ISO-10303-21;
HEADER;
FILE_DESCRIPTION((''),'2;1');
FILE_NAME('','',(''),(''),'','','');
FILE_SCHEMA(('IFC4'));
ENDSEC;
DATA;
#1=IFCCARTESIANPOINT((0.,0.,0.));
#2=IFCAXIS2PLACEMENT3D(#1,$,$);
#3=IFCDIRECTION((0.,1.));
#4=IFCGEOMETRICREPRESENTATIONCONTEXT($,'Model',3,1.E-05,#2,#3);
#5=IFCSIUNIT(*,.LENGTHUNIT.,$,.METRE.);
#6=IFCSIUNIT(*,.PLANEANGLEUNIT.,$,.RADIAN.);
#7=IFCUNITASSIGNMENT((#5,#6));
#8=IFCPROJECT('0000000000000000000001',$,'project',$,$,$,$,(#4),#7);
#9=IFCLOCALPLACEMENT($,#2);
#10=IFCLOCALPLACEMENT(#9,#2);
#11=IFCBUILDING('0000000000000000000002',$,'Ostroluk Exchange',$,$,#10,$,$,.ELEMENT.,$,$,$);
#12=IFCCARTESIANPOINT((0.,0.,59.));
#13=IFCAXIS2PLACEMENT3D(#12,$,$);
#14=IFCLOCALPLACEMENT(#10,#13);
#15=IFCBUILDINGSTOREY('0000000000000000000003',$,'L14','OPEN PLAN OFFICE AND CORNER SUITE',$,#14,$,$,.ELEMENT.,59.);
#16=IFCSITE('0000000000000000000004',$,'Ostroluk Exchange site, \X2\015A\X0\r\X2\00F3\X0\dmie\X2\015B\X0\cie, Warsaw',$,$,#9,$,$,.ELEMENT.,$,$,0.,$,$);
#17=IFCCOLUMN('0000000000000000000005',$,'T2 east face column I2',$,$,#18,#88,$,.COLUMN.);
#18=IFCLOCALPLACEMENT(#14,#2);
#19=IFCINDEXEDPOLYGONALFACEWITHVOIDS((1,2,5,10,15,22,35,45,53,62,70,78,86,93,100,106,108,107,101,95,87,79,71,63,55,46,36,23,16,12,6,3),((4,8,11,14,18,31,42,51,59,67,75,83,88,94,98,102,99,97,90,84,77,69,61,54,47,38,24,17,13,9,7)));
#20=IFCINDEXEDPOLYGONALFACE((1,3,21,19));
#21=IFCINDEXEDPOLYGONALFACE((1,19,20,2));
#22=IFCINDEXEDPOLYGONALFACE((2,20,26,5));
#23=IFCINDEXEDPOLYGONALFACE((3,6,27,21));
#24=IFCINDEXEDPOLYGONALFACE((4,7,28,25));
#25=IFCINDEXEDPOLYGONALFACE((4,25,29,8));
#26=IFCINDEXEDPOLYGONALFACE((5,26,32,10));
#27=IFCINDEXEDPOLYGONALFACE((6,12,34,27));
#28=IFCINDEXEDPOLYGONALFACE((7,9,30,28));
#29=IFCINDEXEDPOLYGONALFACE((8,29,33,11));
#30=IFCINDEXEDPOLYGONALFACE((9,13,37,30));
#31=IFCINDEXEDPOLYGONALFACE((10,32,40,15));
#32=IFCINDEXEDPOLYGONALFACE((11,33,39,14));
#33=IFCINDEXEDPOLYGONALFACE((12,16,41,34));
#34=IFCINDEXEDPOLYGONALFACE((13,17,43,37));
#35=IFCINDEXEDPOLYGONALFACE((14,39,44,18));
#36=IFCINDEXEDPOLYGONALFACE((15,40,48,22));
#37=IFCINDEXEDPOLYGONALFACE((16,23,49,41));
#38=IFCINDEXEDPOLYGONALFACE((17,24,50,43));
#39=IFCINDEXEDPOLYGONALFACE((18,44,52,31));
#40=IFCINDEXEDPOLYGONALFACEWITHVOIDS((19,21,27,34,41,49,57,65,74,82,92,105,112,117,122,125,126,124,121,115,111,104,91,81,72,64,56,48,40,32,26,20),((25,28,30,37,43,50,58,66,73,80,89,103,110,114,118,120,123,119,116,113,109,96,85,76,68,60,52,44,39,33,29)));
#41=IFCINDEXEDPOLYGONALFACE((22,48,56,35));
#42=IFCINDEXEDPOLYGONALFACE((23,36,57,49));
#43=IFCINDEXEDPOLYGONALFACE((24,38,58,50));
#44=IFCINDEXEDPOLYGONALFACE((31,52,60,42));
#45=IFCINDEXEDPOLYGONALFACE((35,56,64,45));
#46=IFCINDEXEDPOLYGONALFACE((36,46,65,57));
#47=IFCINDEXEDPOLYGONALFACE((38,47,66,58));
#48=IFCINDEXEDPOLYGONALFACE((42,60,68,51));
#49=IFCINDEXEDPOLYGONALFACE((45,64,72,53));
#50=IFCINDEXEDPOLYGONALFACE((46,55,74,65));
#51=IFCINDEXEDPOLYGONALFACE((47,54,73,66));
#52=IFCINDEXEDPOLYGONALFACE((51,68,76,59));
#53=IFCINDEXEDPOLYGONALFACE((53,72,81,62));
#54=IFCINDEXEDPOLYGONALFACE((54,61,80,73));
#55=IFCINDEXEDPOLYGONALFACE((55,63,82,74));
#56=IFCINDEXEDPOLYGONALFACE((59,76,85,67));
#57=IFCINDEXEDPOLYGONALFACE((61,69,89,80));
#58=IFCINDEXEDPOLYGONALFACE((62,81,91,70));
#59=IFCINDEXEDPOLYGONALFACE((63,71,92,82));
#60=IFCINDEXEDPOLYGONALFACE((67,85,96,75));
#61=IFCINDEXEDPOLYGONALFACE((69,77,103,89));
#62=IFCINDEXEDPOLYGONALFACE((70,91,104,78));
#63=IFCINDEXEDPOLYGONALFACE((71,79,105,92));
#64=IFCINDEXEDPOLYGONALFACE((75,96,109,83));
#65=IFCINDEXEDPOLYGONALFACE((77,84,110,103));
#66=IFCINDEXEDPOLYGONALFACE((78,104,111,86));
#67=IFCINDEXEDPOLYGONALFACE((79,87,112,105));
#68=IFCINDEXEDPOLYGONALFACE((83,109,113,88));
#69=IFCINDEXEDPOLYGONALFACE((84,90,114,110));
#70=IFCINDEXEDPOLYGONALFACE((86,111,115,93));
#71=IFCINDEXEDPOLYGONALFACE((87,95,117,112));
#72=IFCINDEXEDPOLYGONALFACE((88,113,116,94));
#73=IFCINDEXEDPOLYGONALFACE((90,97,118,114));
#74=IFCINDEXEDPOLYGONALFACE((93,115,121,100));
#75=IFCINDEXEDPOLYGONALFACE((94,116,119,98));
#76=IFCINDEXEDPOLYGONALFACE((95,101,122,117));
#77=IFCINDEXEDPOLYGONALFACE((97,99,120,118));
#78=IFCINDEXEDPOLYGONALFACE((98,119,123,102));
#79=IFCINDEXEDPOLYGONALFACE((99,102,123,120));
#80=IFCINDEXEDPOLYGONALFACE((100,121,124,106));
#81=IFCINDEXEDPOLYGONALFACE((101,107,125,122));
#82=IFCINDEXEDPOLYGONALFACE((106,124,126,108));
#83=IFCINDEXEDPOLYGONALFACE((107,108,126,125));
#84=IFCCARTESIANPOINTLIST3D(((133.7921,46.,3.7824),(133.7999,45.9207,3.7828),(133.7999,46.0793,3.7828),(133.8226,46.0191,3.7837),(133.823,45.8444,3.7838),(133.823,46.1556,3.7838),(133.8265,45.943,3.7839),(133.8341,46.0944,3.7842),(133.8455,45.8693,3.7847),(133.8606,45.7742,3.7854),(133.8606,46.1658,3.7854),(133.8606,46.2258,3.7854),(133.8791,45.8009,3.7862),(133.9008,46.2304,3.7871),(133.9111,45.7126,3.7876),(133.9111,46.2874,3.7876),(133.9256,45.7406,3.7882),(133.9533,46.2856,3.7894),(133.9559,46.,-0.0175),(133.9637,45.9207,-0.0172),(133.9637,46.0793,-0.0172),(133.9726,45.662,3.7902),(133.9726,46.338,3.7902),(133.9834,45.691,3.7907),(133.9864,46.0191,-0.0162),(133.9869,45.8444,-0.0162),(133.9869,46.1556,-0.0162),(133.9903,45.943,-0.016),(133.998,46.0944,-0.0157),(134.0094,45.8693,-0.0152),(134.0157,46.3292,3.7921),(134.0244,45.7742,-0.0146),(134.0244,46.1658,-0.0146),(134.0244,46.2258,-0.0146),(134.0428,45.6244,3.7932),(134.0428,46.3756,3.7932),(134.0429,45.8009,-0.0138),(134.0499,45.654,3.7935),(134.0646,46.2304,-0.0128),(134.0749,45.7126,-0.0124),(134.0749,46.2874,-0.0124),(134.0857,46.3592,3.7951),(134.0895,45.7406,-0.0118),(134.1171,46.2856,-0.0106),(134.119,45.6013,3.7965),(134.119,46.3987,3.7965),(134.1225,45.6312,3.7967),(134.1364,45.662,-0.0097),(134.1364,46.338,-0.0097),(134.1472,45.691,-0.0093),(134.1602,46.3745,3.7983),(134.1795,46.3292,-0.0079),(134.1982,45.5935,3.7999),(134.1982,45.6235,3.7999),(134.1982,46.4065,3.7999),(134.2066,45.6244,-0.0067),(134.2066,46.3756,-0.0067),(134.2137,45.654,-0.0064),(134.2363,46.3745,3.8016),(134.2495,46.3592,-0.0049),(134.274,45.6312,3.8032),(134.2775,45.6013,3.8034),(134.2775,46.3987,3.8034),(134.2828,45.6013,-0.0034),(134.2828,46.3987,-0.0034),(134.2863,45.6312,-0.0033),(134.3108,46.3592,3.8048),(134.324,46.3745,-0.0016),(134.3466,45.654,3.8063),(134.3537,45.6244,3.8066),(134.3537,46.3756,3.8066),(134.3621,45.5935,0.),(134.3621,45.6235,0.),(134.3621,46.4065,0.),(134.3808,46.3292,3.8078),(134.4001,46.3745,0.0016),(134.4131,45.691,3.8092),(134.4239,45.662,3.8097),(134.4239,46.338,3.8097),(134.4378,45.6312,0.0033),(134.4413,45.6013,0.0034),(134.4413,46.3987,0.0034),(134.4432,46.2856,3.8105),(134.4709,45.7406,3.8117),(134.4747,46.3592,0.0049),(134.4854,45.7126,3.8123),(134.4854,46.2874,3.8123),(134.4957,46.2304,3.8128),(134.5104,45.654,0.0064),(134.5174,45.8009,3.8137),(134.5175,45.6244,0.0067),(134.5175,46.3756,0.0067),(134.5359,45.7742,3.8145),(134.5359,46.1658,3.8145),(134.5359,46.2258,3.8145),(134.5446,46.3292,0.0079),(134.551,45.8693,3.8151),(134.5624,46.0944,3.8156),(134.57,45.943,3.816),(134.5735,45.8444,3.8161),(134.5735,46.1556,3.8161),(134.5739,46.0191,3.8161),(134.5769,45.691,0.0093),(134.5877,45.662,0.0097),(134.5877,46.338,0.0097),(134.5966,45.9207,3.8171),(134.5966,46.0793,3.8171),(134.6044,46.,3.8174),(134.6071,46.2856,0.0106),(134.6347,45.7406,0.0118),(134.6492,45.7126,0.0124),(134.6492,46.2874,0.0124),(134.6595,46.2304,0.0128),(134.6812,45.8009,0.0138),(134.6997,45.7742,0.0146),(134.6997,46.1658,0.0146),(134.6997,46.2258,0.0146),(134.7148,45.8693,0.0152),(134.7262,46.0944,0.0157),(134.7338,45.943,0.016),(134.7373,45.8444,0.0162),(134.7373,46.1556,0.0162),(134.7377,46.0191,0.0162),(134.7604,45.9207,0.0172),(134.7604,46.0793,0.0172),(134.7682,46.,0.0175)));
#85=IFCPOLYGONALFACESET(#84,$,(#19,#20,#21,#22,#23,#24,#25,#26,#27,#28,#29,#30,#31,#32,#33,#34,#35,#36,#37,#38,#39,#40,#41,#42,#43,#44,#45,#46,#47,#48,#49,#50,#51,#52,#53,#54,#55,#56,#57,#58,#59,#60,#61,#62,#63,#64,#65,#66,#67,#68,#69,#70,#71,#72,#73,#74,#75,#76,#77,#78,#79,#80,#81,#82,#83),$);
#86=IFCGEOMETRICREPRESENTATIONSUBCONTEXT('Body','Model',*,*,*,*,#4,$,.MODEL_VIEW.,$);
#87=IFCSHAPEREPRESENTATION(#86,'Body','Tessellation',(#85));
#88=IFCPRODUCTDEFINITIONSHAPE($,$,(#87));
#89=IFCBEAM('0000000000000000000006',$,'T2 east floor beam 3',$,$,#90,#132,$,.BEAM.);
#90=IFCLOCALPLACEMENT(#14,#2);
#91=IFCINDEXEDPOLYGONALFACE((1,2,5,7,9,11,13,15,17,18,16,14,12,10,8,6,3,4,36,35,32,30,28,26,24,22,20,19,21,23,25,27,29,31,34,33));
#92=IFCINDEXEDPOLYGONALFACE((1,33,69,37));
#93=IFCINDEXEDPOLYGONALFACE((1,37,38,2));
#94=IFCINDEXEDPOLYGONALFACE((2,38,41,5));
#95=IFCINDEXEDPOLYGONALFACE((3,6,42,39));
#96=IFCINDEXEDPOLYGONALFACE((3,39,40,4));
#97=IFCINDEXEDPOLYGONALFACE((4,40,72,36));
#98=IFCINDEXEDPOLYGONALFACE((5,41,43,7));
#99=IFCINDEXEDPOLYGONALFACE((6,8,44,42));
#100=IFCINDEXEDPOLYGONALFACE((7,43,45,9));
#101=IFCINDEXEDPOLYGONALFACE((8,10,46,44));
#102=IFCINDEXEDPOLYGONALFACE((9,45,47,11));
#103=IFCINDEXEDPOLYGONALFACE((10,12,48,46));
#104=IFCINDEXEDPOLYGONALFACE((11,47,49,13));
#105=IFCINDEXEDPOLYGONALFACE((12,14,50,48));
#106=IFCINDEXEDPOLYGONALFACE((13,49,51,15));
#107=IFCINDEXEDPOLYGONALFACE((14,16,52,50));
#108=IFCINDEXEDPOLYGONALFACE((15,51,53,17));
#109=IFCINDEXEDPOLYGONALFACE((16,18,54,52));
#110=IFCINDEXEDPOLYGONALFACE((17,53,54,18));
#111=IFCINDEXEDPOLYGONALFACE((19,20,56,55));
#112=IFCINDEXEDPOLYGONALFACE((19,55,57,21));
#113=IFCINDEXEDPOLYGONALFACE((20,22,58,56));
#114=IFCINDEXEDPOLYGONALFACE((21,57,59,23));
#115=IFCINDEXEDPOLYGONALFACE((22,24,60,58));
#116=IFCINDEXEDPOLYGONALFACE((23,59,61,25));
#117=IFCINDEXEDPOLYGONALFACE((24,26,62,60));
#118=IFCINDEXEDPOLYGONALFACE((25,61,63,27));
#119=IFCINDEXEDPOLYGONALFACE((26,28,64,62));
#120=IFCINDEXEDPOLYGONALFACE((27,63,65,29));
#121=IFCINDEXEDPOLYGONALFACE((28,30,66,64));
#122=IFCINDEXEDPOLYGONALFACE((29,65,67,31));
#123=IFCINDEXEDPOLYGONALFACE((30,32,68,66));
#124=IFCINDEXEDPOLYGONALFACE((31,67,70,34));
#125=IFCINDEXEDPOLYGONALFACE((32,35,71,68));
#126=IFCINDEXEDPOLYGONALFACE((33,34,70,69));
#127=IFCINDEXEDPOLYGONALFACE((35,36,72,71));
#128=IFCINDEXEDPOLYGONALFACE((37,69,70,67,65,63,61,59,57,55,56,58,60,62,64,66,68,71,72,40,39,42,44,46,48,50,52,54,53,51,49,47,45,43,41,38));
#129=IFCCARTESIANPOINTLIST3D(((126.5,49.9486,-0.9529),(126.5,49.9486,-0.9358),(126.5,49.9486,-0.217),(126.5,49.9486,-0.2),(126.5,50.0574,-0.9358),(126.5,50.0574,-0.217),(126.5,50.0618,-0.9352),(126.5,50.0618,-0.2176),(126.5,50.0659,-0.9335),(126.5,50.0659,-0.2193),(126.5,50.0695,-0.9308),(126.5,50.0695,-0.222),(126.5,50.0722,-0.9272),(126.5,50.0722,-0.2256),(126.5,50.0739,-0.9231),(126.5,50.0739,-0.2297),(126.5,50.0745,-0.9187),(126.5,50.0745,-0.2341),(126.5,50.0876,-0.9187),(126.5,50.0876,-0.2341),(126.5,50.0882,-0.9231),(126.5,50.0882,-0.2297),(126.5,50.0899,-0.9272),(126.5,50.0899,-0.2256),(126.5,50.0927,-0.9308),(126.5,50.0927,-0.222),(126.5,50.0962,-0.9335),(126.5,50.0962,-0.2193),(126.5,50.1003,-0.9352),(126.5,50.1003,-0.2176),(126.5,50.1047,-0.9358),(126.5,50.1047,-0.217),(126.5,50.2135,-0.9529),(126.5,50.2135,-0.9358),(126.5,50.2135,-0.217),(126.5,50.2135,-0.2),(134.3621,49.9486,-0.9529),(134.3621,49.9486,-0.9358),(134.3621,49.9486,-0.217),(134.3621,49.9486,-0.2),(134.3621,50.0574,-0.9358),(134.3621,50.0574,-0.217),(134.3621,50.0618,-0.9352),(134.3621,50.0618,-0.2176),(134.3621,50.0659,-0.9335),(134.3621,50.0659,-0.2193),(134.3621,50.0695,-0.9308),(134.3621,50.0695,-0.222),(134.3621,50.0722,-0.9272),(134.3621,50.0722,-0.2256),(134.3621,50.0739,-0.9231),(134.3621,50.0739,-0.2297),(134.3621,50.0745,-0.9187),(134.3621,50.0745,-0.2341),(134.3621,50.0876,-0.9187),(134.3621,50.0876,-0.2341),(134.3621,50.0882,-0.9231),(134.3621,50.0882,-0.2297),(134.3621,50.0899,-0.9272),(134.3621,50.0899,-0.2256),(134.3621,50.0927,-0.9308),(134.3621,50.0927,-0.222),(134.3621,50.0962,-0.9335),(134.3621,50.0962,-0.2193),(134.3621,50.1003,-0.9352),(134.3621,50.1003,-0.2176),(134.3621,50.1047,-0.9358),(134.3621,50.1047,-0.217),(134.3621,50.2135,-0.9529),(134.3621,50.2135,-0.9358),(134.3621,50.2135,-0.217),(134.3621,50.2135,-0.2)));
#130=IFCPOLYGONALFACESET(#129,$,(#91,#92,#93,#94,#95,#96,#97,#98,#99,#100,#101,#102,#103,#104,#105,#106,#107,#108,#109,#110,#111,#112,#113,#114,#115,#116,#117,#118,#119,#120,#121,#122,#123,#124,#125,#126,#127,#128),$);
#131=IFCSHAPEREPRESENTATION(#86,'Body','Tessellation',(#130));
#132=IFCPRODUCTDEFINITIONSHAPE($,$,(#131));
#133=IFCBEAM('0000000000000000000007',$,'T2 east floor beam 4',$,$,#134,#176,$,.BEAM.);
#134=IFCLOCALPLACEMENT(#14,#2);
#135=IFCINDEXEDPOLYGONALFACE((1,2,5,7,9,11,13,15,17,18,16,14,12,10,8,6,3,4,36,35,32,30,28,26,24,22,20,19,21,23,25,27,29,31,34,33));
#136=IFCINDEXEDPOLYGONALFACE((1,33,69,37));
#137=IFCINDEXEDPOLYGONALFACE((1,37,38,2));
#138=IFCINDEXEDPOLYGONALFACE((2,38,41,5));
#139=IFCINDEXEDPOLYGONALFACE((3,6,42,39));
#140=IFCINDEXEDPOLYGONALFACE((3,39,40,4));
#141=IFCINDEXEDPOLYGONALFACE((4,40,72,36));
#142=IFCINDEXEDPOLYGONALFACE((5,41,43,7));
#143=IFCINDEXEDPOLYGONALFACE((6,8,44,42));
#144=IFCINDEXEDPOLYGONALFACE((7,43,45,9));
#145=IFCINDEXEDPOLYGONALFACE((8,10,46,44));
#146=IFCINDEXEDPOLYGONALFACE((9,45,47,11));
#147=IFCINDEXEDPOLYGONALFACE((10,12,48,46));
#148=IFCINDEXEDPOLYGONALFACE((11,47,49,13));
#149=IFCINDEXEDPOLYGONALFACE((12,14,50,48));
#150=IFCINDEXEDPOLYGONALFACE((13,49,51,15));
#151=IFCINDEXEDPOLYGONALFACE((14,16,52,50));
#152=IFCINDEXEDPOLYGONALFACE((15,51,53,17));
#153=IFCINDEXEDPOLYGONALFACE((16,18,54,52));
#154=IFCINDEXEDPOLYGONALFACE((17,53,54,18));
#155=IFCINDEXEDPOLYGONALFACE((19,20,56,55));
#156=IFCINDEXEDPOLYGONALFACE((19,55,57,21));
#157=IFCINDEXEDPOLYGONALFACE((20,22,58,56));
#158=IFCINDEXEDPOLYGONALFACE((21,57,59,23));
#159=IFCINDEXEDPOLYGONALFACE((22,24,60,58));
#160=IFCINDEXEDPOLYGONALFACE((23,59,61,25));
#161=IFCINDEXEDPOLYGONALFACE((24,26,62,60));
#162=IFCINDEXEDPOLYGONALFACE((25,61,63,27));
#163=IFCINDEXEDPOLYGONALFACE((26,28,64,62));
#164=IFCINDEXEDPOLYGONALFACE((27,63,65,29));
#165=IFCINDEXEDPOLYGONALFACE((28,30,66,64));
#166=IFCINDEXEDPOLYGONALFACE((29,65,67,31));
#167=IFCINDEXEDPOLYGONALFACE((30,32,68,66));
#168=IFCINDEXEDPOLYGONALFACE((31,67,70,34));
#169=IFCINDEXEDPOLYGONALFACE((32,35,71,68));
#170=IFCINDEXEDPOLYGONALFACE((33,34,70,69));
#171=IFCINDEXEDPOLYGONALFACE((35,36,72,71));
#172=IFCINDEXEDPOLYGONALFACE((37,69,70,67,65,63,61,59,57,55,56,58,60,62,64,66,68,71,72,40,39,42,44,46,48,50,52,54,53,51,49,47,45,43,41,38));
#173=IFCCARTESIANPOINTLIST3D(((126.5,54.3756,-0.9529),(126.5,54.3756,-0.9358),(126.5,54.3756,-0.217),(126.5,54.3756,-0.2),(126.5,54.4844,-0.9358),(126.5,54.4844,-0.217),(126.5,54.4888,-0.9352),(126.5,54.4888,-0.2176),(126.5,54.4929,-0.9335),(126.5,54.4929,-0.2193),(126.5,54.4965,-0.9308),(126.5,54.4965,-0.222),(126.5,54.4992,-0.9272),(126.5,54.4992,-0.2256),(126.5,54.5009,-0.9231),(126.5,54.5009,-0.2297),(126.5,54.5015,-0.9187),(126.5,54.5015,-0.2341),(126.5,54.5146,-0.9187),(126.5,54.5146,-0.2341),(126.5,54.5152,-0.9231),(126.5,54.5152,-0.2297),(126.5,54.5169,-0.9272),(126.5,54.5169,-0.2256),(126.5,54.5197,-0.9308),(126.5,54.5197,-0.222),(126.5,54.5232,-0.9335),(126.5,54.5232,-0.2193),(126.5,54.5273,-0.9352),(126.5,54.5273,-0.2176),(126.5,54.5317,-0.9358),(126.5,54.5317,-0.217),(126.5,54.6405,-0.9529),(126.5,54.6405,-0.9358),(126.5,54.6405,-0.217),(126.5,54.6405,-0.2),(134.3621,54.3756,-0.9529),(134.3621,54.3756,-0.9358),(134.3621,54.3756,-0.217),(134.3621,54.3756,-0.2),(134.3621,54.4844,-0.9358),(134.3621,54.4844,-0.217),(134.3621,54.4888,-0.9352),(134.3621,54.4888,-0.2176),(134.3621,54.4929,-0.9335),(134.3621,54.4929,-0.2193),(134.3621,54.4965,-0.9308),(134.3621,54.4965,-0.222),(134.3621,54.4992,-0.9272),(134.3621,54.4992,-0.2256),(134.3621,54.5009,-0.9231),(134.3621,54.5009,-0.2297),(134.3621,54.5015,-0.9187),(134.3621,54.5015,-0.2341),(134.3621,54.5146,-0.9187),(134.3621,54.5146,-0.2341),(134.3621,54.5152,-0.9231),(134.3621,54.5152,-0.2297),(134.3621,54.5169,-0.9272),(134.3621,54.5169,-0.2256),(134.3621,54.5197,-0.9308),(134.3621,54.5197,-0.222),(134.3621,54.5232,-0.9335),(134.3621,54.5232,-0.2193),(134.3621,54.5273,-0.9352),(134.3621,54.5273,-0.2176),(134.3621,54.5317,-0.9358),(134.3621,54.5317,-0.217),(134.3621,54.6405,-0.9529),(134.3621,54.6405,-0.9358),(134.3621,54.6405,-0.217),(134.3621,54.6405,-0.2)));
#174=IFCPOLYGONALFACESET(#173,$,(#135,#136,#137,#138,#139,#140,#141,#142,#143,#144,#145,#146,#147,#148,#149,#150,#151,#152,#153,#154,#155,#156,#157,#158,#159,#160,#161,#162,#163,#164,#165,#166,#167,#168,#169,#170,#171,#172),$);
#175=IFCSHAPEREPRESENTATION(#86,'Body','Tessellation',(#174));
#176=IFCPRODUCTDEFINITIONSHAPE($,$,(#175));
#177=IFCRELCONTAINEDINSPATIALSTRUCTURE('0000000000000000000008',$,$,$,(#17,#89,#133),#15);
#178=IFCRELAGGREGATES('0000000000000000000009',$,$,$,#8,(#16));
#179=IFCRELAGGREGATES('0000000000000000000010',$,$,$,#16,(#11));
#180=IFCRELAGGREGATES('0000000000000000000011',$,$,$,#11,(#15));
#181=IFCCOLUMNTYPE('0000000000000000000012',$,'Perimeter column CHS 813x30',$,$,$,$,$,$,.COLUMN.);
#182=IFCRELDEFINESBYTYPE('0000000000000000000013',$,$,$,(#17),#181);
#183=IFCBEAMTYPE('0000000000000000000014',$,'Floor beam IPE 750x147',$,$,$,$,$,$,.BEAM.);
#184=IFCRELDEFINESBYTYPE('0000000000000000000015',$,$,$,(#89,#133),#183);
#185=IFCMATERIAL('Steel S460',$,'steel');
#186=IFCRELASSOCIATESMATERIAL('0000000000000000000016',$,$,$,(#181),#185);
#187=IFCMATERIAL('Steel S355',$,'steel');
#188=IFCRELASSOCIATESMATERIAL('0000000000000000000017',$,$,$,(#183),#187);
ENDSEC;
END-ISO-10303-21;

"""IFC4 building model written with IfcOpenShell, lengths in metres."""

from ifc_helpers import new_model, si_unit, direction, frame, origin, origin_2d, place, context, subcontext, project, spatial, hollow_circle, i_section, extrude, material, material_profile, profile_set, type_object, element, save


model = new_model("IFC4")

# Units and contexts
model_context = context("Model", 3, precision=1e-05, world=origin(), true_north=direction((0.0, 1.0)))
body_context = subcontext(model_context, "Body", "Model", "MODEL_VIEW")
ifc_project = project(units=[si_unit("LENGTHUNIT", "METRE"), si_unit("PLANEANGLEUNIT", "RADIAN")], contexts=[model_context])

# Site, building, storey
site_placement = place(None, origin())
site = spatial("IfcSite", under=ifc_project, at=site_placement, Name="Ostroluk Exchange site, Śródmieście, Warsaw", CompositionType="ELEMENT", RefElevation=0.0)
building_placement = place(site_placement, origin())
building = spatial("IfcBuilding", under=site, at=building_placement, Name="Ostroluk Exchange", CompositionType="ELEMENT")
storey_placement = place(building_placement, frame((0.0, 0.0, 59.0)))
storey = spatial("IfcBuildingStorey", under=building, at=storey_placement, Name="L14", Description="OPEN PLAN OFFICE AND CORNER SUITE", CompositionType="ELEMENT", Elevation=59.0)

# Column
ifc_material_1 = material(Name="Steel S460", Category="steel")
ifc_material_profile_1 = material_profile(ifc_material_1, hollow_circle(Radius=0.4065, WallThickness=0.03, at=origin_2d()), Name="CHS 813x30")
ifc_profile_set_1 = profile_set([ifc_material_profile_1], Name="Steel S460")
column_type = type_object("IfcColumnType", Name="Perimeter column CHS 813x30", PredefinedType="COLUMN", material=ifc_profile_set_1)
column_placement = place(storey_placement, frame((134.3621, 46.0, 0.0), z_axis=(-0.04307, 0.0, 0.999072), x_axis=(0.0, -1.0, 0.0)))
element("IfcColumn", 1, at=column_placement, inside=storey, type_object=column_type, Name="T2 east face column I2", PredefinedType="COLUMN", context=body_context, shape_type="SweptSolid", body=[
    extrude(hollow_circle(Radius=0.4065, WallThickness=0.03, at=origin_2d()), origin(), (0.0, 0.0, 1.0), 3.8035),
])

# Beams
ifc_material_2 = material(Name="Steel S355", Category="steel")
ifc_material_profile_2 = material_profile(ifc_material_2, i_section(OverallWidth=0.2649, OverallDepth=0.7529, WebThickness=0.0132, FlangeThickness=0.0171, FilletRadius=0.0171, at=origin_2d()), Name="IPE 750x147")
ifc_profile_set_2 = profile_set([ifc_material_profile_2], Name="Steel S355")
beam_type_1 = type_object("IfcBeamType", Name="Floor beam IPE 750x147", PredefinedType="BEAM", material=ifc_profile_set_2)
for number, where, z_axis, x_axis, name in (
    (2, (126.5, 50.0811, -0.5764), (1.0, 0.0, 0.0), (0.0, 1.0, 0.0), "T2 east floor beam 3"),
    (3, (126.5, 54.5081, -0.5764), (1.0, 0.0, 0.0), (0.0, 1.0, 0.0), "T2 east floor beam 4"),
):
    element("IfcBeam", number, at=place(storey_placement, frame(where, z_axis=z_axis, x_axis=x_axis)), inside=storey, type_object=beam_type_1, Name=name, PredefinedType="BEAM", context=body_context, shape_type="SweptSolid", body=[
        extrude(i_section(OverallWidth=0.2649, OverallDepth=0.7529, WebThickness=0.0132, FlangeThickness=0.0171, FilletRadius=0.0171, at=origin_2d()), origin(), (0.0, 0.0, 1.0), 7.8621),
    ])

save(model, "model.ifc")
